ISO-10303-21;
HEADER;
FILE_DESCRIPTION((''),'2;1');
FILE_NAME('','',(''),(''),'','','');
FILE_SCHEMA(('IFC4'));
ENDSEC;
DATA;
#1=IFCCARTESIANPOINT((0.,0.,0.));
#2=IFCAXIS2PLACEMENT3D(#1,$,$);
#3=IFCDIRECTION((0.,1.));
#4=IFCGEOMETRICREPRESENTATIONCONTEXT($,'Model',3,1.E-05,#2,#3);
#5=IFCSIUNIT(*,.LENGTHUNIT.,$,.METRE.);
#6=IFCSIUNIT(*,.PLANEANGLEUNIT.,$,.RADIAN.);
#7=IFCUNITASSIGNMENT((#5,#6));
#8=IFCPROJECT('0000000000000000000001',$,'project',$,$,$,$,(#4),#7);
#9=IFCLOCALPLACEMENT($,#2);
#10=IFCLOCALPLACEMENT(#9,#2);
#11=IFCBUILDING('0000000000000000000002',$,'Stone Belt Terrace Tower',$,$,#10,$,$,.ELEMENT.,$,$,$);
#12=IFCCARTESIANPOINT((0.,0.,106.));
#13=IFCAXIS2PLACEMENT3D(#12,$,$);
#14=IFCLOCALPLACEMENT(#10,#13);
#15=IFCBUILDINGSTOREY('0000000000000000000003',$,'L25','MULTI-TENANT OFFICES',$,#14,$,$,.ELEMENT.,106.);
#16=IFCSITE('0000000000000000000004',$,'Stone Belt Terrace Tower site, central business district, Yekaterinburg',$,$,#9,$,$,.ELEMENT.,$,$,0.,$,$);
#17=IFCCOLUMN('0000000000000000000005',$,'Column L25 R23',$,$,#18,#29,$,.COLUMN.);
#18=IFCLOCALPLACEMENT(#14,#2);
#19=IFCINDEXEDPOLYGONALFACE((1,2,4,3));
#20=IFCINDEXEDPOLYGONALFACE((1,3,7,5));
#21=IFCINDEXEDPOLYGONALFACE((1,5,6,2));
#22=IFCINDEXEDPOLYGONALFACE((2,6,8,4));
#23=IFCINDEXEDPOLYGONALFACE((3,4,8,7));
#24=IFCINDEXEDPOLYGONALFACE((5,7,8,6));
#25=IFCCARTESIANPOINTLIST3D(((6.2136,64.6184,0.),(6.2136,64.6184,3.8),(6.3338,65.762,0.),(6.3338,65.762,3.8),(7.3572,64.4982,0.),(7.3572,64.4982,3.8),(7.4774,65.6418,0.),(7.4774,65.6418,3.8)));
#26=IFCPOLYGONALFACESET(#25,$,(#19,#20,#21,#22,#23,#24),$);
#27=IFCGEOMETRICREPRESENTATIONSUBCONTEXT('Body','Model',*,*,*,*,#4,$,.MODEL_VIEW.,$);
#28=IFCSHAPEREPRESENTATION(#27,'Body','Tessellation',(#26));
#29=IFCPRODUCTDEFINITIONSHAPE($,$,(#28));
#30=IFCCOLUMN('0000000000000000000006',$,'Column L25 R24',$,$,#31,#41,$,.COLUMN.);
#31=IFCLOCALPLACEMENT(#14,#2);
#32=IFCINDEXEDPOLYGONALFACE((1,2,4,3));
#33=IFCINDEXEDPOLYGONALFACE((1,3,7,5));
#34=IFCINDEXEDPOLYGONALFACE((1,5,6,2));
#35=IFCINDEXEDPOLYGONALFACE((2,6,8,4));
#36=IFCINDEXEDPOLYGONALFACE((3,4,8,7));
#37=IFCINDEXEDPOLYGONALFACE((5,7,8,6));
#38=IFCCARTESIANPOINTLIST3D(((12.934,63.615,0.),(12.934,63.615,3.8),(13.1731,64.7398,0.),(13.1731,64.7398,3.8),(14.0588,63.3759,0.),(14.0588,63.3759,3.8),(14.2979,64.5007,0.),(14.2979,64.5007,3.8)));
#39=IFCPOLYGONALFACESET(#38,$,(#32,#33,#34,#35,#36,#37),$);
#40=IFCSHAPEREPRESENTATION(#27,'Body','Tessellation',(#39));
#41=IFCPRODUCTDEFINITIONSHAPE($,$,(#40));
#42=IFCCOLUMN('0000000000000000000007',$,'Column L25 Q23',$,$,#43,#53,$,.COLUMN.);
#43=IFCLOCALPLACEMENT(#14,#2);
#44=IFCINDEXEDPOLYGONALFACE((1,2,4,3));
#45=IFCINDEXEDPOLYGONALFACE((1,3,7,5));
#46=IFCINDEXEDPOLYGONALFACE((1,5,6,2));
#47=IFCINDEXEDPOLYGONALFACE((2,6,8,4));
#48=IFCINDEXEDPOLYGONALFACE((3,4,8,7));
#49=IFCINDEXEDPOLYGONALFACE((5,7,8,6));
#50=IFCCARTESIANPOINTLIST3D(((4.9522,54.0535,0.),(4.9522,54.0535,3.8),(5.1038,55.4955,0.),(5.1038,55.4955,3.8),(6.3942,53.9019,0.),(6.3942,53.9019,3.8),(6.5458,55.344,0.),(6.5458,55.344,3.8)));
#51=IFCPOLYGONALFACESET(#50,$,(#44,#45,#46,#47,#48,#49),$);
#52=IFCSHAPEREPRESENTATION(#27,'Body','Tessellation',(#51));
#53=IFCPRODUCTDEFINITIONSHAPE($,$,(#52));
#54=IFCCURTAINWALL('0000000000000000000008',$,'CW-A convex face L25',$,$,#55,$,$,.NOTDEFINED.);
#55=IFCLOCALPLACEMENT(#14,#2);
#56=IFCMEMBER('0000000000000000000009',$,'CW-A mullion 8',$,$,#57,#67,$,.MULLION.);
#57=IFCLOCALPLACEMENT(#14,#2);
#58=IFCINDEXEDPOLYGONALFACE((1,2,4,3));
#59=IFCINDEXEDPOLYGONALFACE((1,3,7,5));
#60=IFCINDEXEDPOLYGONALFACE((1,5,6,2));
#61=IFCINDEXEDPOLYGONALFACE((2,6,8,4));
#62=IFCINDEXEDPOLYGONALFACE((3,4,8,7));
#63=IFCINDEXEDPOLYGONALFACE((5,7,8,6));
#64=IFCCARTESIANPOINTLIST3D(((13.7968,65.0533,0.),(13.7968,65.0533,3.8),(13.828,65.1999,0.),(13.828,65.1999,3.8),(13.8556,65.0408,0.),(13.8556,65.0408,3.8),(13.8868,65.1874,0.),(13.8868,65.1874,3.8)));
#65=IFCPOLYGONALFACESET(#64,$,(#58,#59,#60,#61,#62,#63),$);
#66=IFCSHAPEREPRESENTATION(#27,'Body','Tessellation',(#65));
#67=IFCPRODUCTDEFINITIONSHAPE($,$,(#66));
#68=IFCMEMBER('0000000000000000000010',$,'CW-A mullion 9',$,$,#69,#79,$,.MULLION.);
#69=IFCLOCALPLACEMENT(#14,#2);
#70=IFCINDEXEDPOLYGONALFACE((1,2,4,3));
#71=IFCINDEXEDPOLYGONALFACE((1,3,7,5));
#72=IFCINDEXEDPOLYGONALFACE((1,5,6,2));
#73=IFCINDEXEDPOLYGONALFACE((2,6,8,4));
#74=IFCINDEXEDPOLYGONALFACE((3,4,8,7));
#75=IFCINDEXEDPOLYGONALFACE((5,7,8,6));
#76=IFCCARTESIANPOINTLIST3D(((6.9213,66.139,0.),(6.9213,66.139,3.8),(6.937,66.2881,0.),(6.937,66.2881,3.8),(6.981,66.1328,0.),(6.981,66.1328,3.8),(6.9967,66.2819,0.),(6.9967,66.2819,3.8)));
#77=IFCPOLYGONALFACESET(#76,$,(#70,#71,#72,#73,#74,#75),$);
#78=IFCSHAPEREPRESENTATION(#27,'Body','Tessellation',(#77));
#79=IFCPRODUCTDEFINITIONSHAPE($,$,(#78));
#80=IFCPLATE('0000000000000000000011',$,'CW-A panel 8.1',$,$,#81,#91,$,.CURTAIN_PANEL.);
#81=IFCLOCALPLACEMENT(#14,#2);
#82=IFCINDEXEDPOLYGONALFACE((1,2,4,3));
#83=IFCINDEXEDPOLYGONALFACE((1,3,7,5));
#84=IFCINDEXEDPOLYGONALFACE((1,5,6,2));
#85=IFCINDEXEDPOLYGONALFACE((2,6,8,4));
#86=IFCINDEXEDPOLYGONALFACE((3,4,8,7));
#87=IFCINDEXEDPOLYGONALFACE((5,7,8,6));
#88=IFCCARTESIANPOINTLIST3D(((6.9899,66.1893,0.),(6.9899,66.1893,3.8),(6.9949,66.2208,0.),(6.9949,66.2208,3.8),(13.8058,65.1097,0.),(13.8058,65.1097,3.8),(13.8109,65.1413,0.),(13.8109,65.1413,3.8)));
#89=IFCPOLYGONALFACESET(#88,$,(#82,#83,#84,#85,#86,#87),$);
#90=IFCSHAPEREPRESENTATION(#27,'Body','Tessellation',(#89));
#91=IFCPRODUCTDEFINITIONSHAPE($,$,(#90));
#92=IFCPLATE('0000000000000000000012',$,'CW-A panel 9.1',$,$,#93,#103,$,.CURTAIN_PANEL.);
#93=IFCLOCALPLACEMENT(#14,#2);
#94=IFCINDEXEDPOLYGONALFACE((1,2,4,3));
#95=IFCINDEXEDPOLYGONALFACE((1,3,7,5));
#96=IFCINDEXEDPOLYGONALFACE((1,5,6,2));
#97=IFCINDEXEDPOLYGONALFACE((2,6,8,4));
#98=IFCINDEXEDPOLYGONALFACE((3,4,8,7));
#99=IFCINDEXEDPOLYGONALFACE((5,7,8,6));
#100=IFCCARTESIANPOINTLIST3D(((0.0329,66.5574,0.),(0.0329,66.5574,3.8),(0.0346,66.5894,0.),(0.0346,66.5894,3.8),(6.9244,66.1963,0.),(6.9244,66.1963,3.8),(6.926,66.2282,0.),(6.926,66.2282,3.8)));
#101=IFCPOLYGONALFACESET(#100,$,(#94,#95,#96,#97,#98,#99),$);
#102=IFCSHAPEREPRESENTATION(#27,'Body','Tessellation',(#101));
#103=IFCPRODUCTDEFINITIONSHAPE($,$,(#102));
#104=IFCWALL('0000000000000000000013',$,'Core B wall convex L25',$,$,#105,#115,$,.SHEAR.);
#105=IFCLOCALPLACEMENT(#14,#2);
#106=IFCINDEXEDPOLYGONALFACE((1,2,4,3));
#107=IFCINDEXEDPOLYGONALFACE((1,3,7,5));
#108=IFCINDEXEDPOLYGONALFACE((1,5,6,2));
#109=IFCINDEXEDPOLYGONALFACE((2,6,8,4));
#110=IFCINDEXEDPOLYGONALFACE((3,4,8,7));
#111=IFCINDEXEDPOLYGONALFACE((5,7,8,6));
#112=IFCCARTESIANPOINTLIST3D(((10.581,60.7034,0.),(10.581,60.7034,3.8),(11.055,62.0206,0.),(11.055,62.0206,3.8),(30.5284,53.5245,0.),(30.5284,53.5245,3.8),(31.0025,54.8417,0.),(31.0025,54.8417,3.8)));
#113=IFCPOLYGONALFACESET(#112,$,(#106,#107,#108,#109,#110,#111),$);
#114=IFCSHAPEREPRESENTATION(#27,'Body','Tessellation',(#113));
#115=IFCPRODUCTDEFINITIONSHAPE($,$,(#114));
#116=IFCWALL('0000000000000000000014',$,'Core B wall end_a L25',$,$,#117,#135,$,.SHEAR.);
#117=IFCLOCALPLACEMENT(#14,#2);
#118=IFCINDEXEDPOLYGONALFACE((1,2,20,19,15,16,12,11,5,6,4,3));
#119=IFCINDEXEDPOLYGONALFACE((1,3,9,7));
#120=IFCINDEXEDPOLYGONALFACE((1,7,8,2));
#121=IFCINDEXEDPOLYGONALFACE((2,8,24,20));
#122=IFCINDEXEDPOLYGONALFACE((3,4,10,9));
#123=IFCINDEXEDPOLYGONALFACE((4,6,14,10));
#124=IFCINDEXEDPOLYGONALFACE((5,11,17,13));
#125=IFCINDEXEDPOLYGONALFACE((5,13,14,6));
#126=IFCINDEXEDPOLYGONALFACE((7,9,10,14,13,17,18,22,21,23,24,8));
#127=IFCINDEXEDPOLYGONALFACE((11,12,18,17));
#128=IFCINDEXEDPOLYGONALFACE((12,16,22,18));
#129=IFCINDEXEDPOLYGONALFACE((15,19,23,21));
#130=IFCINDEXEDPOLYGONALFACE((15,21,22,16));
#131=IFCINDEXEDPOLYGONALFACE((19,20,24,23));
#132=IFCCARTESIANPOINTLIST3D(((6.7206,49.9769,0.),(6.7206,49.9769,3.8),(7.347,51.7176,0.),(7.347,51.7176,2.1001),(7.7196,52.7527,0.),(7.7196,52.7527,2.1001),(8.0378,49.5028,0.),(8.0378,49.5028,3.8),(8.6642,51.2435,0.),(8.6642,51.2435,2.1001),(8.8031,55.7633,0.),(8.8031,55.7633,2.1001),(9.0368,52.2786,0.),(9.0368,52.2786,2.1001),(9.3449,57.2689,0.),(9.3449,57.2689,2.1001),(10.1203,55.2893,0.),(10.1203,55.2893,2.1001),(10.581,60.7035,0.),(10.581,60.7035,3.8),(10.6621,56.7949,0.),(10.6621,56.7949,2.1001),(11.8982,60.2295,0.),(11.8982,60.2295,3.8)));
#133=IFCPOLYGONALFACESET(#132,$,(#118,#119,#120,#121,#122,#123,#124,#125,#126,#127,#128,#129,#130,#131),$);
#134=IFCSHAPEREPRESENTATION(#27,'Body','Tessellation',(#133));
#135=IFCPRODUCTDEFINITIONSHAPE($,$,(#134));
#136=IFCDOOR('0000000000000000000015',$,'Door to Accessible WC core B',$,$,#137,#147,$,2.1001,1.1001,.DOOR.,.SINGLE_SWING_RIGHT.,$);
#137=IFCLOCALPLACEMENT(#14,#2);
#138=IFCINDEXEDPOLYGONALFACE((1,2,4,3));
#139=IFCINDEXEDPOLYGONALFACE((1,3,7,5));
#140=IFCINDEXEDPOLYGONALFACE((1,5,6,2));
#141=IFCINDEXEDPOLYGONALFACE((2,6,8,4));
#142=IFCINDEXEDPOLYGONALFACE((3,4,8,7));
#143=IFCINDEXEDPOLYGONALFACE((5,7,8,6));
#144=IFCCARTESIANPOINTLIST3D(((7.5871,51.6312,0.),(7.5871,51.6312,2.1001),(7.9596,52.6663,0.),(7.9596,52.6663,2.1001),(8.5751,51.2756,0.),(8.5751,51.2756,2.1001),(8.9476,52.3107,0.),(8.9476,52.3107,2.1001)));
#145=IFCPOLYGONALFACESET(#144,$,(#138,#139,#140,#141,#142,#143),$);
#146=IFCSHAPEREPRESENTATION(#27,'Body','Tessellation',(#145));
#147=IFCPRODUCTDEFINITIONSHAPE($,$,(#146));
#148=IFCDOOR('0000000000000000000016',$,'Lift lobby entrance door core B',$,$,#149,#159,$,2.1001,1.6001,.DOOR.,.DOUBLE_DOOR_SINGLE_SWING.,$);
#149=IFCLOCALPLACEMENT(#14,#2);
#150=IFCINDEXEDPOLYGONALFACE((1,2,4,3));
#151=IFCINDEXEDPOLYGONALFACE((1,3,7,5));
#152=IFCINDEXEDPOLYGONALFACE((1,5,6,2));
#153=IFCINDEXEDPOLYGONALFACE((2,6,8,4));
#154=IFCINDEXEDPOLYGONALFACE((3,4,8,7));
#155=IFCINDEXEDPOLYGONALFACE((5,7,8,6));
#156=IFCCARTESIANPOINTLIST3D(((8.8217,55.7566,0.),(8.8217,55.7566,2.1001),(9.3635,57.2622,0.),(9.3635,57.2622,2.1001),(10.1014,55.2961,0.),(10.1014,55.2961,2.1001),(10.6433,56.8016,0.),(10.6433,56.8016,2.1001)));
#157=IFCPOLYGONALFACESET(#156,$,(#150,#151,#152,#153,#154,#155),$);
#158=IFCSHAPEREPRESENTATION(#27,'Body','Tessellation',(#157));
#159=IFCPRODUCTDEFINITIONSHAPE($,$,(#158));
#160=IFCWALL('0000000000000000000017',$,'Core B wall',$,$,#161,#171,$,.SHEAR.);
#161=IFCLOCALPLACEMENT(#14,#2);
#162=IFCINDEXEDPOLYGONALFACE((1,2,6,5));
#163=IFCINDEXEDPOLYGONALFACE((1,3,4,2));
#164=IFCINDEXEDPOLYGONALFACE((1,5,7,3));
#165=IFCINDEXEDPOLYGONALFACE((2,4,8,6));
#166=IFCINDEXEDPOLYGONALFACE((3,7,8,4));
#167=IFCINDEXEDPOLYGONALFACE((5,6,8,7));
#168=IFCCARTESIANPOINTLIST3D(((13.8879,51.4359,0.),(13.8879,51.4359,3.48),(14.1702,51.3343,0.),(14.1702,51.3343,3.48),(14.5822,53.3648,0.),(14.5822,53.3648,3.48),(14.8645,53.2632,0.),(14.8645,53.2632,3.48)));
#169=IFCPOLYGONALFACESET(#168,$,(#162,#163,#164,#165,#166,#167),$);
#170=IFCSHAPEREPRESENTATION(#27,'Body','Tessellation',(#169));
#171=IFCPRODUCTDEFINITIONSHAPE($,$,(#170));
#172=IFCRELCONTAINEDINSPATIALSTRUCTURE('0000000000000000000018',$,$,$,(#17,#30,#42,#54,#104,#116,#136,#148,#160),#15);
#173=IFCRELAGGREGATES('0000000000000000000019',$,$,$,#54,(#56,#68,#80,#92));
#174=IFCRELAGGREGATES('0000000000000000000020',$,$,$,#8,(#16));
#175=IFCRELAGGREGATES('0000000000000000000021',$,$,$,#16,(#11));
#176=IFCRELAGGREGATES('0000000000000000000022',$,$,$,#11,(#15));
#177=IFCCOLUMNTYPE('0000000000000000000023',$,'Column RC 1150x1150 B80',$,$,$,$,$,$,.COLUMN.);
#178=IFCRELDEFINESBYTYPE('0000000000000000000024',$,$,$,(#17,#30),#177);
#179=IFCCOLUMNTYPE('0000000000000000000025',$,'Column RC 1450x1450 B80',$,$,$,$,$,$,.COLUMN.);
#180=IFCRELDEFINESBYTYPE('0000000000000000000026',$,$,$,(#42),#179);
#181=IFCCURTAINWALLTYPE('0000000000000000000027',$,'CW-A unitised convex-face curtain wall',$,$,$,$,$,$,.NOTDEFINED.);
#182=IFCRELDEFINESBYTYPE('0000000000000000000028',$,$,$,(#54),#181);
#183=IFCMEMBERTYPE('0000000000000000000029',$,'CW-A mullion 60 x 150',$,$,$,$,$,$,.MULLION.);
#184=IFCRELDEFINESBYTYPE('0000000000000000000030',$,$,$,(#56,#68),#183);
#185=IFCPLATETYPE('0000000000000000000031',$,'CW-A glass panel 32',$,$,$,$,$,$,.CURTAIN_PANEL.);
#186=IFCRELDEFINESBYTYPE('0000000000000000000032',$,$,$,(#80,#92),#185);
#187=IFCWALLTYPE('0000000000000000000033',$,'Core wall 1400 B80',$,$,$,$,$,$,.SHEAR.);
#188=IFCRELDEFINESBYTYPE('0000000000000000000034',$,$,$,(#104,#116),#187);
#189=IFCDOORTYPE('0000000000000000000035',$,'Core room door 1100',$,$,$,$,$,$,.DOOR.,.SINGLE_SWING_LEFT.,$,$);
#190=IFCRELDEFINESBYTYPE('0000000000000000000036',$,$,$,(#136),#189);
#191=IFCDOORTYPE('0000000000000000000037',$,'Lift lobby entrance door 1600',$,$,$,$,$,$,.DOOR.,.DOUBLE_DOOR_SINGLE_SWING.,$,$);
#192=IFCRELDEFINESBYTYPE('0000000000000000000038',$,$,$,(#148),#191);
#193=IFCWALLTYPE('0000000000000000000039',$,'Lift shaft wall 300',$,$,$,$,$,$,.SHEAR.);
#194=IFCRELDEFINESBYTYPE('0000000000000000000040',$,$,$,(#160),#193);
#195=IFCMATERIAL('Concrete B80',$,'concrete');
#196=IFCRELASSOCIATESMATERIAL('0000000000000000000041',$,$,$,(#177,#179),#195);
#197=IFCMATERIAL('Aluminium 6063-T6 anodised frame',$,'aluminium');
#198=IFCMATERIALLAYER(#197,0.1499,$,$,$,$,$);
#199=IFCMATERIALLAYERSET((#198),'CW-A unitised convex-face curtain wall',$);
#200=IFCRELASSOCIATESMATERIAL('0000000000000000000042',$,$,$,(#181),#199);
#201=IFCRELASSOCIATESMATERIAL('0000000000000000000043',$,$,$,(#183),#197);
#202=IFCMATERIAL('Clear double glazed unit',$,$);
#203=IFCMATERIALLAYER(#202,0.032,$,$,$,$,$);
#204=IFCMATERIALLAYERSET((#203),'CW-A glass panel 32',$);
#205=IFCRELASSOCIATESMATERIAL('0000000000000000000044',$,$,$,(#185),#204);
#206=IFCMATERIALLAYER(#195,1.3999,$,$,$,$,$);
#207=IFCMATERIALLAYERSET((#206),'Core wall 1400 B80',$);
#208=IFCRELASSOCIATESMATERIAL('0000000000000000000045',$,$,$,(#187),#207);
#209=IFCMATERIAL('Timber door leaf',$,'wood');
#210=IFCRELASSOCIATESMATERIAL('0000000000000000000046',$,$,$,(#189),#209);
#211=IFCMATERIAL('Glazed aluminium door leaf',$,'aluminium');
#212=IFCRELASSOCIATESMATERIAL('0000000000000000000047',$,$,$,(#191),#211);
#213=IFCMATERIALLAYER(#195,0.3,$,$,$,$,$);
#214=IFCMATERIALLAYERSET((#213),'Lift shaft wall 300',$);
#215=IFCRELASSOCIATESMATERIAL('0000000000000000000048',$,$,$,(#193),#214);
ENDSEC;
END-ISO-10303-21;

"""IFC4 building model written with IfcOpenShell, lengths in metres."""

from ifc_helpers import new_model, si_unit, direction, frame, frame_2d, origin, origin_2d, place, context, subcontext, project, spatial, rectangle, extrude, material, layer, layer_set, material_profile, profile_set, type_object, element, fill, aggregate, save


model = new_model("IFC4")

# Units and contexts
model_context = context("Model", 3, precision=1e-05, world=origin(), true_north=direction((0.0, 1.0)))
body_context = subcontext(model_context, "Body", "Model", "MODEL_VIEW")
ifc_project = project(units=[si_unit("LENGTHUNIT", "METRE"), si_unit("PLANEANGLEUNIT", "RADIAN")], contexts=[model_context])

# Site, building, storey
site_placement = place(None, origin())
site = spatial("IfcSite", under=ifc_project, at=site_placement, Name="Stone Belt Terrace Tower site, central business district, Yekaterinburg", CompositionType="ELEMENT", RefElevation=0.0)
building_placement = place(site_placement, origin())
building = spatial("IfcBuilding", under=site, at=building_placement, Name="Stone Belt Terrace Tower", CompositionType="ELEMENT")
storey_placement = place(building_placement, frame((0.0, 0.0, 106.0)))
storey = spatial("IfcBuildingStorey", under=building, at=storey_placement, Name="L25", Description="MULTI-TENANT OFFICES", CompositionType="ELEMENT", Elevation=106.0)

# Columns
ifc_material_1 = material(Name="Concrete B80", Category="concrete")
ifc_material_profile_1 = material_profile(ifc_material_1, rectangle(XDim=1.1499, YDim=1.1499, at=origin_2d()), Name="RC 1150x1150")
ifc_profile_set_1 = profile_set([ifc_material_profile_1], Name="Concrete B80")
column_type_1 = type_object("IfcColumnType", Name="Column RC 1150x1150 B80", PredefinedType="COLUMN", material=ifc_profile_set_1)
for number, where, z_axis, x_axis, name in (
    (1, (6.8455, 65.1301, 0.0), (0.0, 0.0, 1.0), (0.994522, -0.104528, 0.0), "Column L25 R23"),
    (2, (13.616, 64.0579, 0.0), (0.0, 0.0, 1.0), (0.978148, -0.207912, 0.0), "Column L25 R24"),
):
    element("IfcColumn", number, at=place(storey_placement, frame(where, z_axis=z_axis, x_axis=x_axis)), inside=storey, type_object=column_type_1, Name=name, PredefinedType="COLUMN", context=body_context, shape_type="SweptSolid", body=[
        extrude(rectangle(XDim=1.1499, YDim=1.1499, at=origin_2d()), origin(), (0.0, 0.0, 1.0), 3.8),
    ])
ifc_material_profile_2 = material_profile(ifc_material_1, rectangle(XDim=1.45, YDim=1.45, at=origin_2d()), Name="RC 1450x1450")
ifc_profile_set_2 = profile_set([ifc_material_profile_2], Name="Concrete B80")
column_type_2 = type_object("IfcColumnType", Name="Column RC 1450x1450 B80", PredefinedType="COLUMN", material=ifc_profile_set_2)
column_placement = place(storey_placement, frame((5.749, 54.6987, 0.0), z_axis=(0.0, 0.0, 1.0), x_axis=(0.994522, -0.104528, 0.0)))
element("IfcColumn", 3, at=column_placement, inside=storey, type_object=column_type_2, Name="Column L25 Q23", PredefinedType="COLUMN", context=body_context, shape_type="SweptSolid", body=[
    extrude(rectangle(XDim=1.45, YDim=1.45, at=origin_2d()), origin(), (0.0, 0.0, 1.0), 3.8),
])

# Curtain wall, members, plates
ifc_material_2 = material(Name="Aluminium 6063-T6 anodised frame", Category="aluminium")
ifc_layer_1 = layer(ifc_material_2, 0.1499)
ifc_layer_set_1 = layer_set([ifc_layer_1], Name="CW-A unitised convex-face curtain wall")
curtain_wall_type = type_object("IfcCurtainWallType", Name="CW-A unitised convex-face curtain wall", PredefinedType="NOTDEFINED", material=ifc_layer_set_1)
curtain_wall_placement = place(storey_placement, origin())
curtain_wall = element("IfcCurtainWall", 4, at=curtain_wall_placement, inside=storey, type_object=curtain_wall_type, Name="CW-A convex face L25", PredefinedType="NOTDEFINED")
ifc_material_profile_3 = material_profile(ifc_material_2, rectangle(XDim=0.1499, YDim=0.0601, at=origin_2d()), Name="Aluminium 6063-T6 60x150")
ifc_profile_set_3 = profile_set([ifc_material_profile_3], Name="Aluminium 6063-T6 anodised frame")
member_type = type_object("IfcMemberType", Name="CW-A mullion 60 x 150", PredefinedType="MULLION", material=ifc_profile_set_3)
member_1_placement = place(storey_placement, frame((13.8418, 65.1204, 0.0), z_axis=(0.0, 0.0, 1.0), x_axis=(-0.207912, -0.978148, 0.0)))
member_1 = element("IfcMember", 5, at=member_1_placement, type_object=member_type, Name="CW-A mullion 8", PredefinedType="MULLION", context=body_context, shape_type="SweptSolid", body=[
    extrude(rectangle(XDim=0.1499, YDim=0.0601, at=origin_2d()), origin(), (0.0, 0.0, 1.0), 3.8),
])
member_2_placement = place(storey_placement, frame((6.959, 66.2104, 0.0), z_axis=(0.0, 0.0, 1.0), x_axis=(-0.104528, -0.994522, 0.0)))
member_2 = element("IfcMember", 6, at=member_2_placement, type_object=member_type, Name="CW-A mullion 9", PredefinedType="MULLION", context=body_context, shape_type="SweptSolid", body=[
    extrude(rectangle(XDim=0.1499, YDim=0.0601, at=origin_2d()), origin(), (0.0, 0.0, 1.0), 3.8),
])
ifc_material_3 = material(Name="Clear double glazed unit")
ifc_layer_2 = layer(ifc_material_3, 0.032)
ifc_layer_set_2 = layer_set([ifc_layer_2], Name="CW-A glass panel 32")
plate_type = type_object("IfcPlateType", Name="CW-A glass panel 32", PredefinedType="CURTAIN_PANEL", material=ifc_layer_set_2)
plate_1_placement = place(storey_placement, frame((10.4004, 65.6653, 0.0), z_axis=(0.0, 0.0, 1.0), x_axis=(-0.987688, 0.156434, 0.0)))
plate_1 = element("IfcPlate", 7, at=plate_1_placement, type_object=plate_type, Name="CW-A panel 8.1", PredefinedType="CURTAIN_PANEL", context=body_context, shape_type="SweptSolid", body=[
    extrude(rectangle(XDim=6.9009, YDim=0.032, at=origin_2d()), origin(), (0.0, 0.0, 1.0), 3.8),
])
plate_2_placement = place(storey_placement, frame((3.4795, 66.3928, 0.0), z_axis=(0.0, 0.0, 1.0), x_axis=(-0.99863, 0.052336, 0.0)))
plate_2 = element("IfcPlate", 8, at=plate_2_placement, type_object=plate_type, Name="CW-A panel 9.1", PredefinedType="CURTAIN_PANEL", context=body_context, shape_type="SweptSolid", body=[
    extrude(rectangle(XDim=6.9009, YDim=0.032, at=origin_2d()), origin(), (0.0, 0.0, 1.0), 3.8),
])
aggregate(curtain_wall, [member_1, member_2, plate_1, plate_2])

# Wall
ifc_layer_3 = layer(ifc_material_1, 1.3999)
ifc_layer_set_3 = layer_set([ifc_layer_3], Name="Core wall 1400 B80")
wall_type_1 = type_object("IfcWallType", Name="Core wall 1400 B80", PredefinedType="SHEAR", material=ifc_layer_set_3)
wall_1_placement = place(storey_placement, frame((10.8179, 61.3621, 0.0), z_axis=(0.0, 0.0, 1.0), x_axis=(0.94092, -0.33863, 0.0)))
element("IfcWall", 9, at=wall_1_placement, inside=storey, type_object=wall_type_1, Name="Core B wall convex L25", PredefinedType="SHEAR", context=body_context, shape_type="SweptSolid", body=[
    extrude(rectangle(XDim=21.2, YDim=1.3999, at=frame_2d((10.6001, 0.0))), origin(), (0.0, 0.0, 1.0), 3.8),
])

# Wall, openings, doors
wall_2_placement = place(storey_placement, frame((7.3792, 49.7397, 0.0), z_axis=(0.0, 0.0, 1.0), x_axis=(0.338625, 0.940921, 0.0)))
wall_2 = element("IfcWall", 10, at=wall_2_placement, inside=storey, type_object=wall_type_1, Name="Core B wall end_a L25", PredefinedType="SHEAR", context=body_context, shape_type="SweptSolid", body=[
    extrude(rectangle(XDim=11.4001, YDim=1.3999, at=frame_2d((5.7002, 0.0))), origin(), (0.0, 0.0, 1.0), 3.8),
])
opening_1_placement = place(wall_2_placement, frame((6.1499, 0.0, 0.0)))
opening_1 = element("IfcOpeningElement", 11, at=opening_1_placement, cuts=wall_2, PredefinedType="OPENING", context=body_context, shape_type="SweptSolid", body=[
    extrude(rectangle(XDim=1.6001, YDim=2.1001, at=frame_2d((0.8, 1.05))), frame((0.0, 0.71, 0.0), z_axis=(0.0, -1.0, 0.0), x_axis=(1.0, 0.0, 0.0)), (0.0, 0.0, 1.0), 1.4199),
])
opening_2_placement = place(wall_2_placement, frame((1.8501, 0.0, 0.0)))
opening_2 = element("IfcOpeningElement", 12, at=opening_2_placement, cuts=wall_2, PredefinedType="OPENING", context=body_context, shape_type="SweptSolid", body=[
    extrude(rectangle(XDim=1.1001, YDim=2.1001, at=frame_2d((0.55, 1.05))), frame((0.0, 0.71, 0.0), z_axis=(0.0, -1.0, 0.0), x_axis=(1.0, 0.0, 0.0)), (0.0, 0.0, 1.0), 1.4199),
])
ifc_material_4 = material(Name="Timber door leaf", Category="wood")
door_type_1 = type_object("IfcDoorType", Name="Core room door 1100", OperationType="SINGLE_SWING_LEFT", PredefinedType="DOOR", material=ifc_material_4)
door_1_placement = place(opening_2_placement, origin())
door_1 = element("IfcDoor", 13, at=door_1_placement, inside=storey, type_object=door_type_1, Name="Door to Accessible WC core B", OperationType="SINGLE_SWING_RIGHT", OverallHeight=2.1001, OverallWidth=1.1001, PredefinedType="DOOR", context=body_context, shape_type="SweptSolid", body=[
    extrude(rectangle(XDim=1.1001, YDim=2.1001, at=frame_2d((0.55, 1.05))), frame((0.0, 0.4448, 0.0), z_axis=(0.0, -1.0, 0.0), x_axis=(1.0, 0.0, 0.0)), (0.0, 0.0, 1.0), 1.05),
])
fill(opening_2, door_1)
ifc_material_5 = material(Name="Glazed aluminium door leaf", Category="aluminium")
door_type_2 = type_object("IfcDoorType", Name="Lift lobby entrance door 1600", OperationType="DOUBLE_DOOR_SINGLE_SWING", PredefinedType="DOOR", material=ifc_material_5)
door_2_placement = place(opening_1_placement, origin())
door_2 = element("IfcDoor", 14, at=door_2_placement, inside=storey, type_object=door_type_2, Name="Lift lobby entrance door core B", OperationType="DOUBLE_DOOR_SINGLE_SWING", OverallHeight=2.1001, OverallWidth=1.6001, PredefinedType="DOOR", context=body_context, shape_type="SweptSolid", body=[
    extrude(rectangle(XDim=1.6001, YDim=2.1001, at=frame_2d((0.8, 1.05))), frame((0.0, 0.6802, 0.0), z_axis=(0.0, -1.0, 0.0), x_axis=(1.0, 0.0, 0.0)), (0.0, 0.0, 1.0), 1.3601),
])
fill(opening_1, door_2)

# Wall
ifc_layer_4 = layer(ifc_material_1, 0.3)
ifc_layer_set_4 = layer_set([ifc_layer_4], Name="Lift shaft wall 300")
wall_type_2 = type_object("IfcWallType", Name="Lift shaft wall 300", PredefinedType="SHEAR", material=ifc_layer_set_4)
wall_3_placement = place(storey_placement, frame((14.0291, 51.3853, 0.0), z_axis=(0.0, 0.0, 1.0), x_axis=(0.338682, 0.940901, 0.0)))
element("IfcWall", 15, at=wall_3_placement, inside=storey, type_object=wall_type_2, Name="Core B wall", PredefinedType="SHEAR", context=body_context, shape_type="SweptSolid", body=[
    extrude(rectangle(XDim=2.05, YDim=0.3, at=frame_2d((1.0249, 0.0))), origin(), (0.0, 0.0, 1.0), 3.48),
])

save(model, "model.ifc")
